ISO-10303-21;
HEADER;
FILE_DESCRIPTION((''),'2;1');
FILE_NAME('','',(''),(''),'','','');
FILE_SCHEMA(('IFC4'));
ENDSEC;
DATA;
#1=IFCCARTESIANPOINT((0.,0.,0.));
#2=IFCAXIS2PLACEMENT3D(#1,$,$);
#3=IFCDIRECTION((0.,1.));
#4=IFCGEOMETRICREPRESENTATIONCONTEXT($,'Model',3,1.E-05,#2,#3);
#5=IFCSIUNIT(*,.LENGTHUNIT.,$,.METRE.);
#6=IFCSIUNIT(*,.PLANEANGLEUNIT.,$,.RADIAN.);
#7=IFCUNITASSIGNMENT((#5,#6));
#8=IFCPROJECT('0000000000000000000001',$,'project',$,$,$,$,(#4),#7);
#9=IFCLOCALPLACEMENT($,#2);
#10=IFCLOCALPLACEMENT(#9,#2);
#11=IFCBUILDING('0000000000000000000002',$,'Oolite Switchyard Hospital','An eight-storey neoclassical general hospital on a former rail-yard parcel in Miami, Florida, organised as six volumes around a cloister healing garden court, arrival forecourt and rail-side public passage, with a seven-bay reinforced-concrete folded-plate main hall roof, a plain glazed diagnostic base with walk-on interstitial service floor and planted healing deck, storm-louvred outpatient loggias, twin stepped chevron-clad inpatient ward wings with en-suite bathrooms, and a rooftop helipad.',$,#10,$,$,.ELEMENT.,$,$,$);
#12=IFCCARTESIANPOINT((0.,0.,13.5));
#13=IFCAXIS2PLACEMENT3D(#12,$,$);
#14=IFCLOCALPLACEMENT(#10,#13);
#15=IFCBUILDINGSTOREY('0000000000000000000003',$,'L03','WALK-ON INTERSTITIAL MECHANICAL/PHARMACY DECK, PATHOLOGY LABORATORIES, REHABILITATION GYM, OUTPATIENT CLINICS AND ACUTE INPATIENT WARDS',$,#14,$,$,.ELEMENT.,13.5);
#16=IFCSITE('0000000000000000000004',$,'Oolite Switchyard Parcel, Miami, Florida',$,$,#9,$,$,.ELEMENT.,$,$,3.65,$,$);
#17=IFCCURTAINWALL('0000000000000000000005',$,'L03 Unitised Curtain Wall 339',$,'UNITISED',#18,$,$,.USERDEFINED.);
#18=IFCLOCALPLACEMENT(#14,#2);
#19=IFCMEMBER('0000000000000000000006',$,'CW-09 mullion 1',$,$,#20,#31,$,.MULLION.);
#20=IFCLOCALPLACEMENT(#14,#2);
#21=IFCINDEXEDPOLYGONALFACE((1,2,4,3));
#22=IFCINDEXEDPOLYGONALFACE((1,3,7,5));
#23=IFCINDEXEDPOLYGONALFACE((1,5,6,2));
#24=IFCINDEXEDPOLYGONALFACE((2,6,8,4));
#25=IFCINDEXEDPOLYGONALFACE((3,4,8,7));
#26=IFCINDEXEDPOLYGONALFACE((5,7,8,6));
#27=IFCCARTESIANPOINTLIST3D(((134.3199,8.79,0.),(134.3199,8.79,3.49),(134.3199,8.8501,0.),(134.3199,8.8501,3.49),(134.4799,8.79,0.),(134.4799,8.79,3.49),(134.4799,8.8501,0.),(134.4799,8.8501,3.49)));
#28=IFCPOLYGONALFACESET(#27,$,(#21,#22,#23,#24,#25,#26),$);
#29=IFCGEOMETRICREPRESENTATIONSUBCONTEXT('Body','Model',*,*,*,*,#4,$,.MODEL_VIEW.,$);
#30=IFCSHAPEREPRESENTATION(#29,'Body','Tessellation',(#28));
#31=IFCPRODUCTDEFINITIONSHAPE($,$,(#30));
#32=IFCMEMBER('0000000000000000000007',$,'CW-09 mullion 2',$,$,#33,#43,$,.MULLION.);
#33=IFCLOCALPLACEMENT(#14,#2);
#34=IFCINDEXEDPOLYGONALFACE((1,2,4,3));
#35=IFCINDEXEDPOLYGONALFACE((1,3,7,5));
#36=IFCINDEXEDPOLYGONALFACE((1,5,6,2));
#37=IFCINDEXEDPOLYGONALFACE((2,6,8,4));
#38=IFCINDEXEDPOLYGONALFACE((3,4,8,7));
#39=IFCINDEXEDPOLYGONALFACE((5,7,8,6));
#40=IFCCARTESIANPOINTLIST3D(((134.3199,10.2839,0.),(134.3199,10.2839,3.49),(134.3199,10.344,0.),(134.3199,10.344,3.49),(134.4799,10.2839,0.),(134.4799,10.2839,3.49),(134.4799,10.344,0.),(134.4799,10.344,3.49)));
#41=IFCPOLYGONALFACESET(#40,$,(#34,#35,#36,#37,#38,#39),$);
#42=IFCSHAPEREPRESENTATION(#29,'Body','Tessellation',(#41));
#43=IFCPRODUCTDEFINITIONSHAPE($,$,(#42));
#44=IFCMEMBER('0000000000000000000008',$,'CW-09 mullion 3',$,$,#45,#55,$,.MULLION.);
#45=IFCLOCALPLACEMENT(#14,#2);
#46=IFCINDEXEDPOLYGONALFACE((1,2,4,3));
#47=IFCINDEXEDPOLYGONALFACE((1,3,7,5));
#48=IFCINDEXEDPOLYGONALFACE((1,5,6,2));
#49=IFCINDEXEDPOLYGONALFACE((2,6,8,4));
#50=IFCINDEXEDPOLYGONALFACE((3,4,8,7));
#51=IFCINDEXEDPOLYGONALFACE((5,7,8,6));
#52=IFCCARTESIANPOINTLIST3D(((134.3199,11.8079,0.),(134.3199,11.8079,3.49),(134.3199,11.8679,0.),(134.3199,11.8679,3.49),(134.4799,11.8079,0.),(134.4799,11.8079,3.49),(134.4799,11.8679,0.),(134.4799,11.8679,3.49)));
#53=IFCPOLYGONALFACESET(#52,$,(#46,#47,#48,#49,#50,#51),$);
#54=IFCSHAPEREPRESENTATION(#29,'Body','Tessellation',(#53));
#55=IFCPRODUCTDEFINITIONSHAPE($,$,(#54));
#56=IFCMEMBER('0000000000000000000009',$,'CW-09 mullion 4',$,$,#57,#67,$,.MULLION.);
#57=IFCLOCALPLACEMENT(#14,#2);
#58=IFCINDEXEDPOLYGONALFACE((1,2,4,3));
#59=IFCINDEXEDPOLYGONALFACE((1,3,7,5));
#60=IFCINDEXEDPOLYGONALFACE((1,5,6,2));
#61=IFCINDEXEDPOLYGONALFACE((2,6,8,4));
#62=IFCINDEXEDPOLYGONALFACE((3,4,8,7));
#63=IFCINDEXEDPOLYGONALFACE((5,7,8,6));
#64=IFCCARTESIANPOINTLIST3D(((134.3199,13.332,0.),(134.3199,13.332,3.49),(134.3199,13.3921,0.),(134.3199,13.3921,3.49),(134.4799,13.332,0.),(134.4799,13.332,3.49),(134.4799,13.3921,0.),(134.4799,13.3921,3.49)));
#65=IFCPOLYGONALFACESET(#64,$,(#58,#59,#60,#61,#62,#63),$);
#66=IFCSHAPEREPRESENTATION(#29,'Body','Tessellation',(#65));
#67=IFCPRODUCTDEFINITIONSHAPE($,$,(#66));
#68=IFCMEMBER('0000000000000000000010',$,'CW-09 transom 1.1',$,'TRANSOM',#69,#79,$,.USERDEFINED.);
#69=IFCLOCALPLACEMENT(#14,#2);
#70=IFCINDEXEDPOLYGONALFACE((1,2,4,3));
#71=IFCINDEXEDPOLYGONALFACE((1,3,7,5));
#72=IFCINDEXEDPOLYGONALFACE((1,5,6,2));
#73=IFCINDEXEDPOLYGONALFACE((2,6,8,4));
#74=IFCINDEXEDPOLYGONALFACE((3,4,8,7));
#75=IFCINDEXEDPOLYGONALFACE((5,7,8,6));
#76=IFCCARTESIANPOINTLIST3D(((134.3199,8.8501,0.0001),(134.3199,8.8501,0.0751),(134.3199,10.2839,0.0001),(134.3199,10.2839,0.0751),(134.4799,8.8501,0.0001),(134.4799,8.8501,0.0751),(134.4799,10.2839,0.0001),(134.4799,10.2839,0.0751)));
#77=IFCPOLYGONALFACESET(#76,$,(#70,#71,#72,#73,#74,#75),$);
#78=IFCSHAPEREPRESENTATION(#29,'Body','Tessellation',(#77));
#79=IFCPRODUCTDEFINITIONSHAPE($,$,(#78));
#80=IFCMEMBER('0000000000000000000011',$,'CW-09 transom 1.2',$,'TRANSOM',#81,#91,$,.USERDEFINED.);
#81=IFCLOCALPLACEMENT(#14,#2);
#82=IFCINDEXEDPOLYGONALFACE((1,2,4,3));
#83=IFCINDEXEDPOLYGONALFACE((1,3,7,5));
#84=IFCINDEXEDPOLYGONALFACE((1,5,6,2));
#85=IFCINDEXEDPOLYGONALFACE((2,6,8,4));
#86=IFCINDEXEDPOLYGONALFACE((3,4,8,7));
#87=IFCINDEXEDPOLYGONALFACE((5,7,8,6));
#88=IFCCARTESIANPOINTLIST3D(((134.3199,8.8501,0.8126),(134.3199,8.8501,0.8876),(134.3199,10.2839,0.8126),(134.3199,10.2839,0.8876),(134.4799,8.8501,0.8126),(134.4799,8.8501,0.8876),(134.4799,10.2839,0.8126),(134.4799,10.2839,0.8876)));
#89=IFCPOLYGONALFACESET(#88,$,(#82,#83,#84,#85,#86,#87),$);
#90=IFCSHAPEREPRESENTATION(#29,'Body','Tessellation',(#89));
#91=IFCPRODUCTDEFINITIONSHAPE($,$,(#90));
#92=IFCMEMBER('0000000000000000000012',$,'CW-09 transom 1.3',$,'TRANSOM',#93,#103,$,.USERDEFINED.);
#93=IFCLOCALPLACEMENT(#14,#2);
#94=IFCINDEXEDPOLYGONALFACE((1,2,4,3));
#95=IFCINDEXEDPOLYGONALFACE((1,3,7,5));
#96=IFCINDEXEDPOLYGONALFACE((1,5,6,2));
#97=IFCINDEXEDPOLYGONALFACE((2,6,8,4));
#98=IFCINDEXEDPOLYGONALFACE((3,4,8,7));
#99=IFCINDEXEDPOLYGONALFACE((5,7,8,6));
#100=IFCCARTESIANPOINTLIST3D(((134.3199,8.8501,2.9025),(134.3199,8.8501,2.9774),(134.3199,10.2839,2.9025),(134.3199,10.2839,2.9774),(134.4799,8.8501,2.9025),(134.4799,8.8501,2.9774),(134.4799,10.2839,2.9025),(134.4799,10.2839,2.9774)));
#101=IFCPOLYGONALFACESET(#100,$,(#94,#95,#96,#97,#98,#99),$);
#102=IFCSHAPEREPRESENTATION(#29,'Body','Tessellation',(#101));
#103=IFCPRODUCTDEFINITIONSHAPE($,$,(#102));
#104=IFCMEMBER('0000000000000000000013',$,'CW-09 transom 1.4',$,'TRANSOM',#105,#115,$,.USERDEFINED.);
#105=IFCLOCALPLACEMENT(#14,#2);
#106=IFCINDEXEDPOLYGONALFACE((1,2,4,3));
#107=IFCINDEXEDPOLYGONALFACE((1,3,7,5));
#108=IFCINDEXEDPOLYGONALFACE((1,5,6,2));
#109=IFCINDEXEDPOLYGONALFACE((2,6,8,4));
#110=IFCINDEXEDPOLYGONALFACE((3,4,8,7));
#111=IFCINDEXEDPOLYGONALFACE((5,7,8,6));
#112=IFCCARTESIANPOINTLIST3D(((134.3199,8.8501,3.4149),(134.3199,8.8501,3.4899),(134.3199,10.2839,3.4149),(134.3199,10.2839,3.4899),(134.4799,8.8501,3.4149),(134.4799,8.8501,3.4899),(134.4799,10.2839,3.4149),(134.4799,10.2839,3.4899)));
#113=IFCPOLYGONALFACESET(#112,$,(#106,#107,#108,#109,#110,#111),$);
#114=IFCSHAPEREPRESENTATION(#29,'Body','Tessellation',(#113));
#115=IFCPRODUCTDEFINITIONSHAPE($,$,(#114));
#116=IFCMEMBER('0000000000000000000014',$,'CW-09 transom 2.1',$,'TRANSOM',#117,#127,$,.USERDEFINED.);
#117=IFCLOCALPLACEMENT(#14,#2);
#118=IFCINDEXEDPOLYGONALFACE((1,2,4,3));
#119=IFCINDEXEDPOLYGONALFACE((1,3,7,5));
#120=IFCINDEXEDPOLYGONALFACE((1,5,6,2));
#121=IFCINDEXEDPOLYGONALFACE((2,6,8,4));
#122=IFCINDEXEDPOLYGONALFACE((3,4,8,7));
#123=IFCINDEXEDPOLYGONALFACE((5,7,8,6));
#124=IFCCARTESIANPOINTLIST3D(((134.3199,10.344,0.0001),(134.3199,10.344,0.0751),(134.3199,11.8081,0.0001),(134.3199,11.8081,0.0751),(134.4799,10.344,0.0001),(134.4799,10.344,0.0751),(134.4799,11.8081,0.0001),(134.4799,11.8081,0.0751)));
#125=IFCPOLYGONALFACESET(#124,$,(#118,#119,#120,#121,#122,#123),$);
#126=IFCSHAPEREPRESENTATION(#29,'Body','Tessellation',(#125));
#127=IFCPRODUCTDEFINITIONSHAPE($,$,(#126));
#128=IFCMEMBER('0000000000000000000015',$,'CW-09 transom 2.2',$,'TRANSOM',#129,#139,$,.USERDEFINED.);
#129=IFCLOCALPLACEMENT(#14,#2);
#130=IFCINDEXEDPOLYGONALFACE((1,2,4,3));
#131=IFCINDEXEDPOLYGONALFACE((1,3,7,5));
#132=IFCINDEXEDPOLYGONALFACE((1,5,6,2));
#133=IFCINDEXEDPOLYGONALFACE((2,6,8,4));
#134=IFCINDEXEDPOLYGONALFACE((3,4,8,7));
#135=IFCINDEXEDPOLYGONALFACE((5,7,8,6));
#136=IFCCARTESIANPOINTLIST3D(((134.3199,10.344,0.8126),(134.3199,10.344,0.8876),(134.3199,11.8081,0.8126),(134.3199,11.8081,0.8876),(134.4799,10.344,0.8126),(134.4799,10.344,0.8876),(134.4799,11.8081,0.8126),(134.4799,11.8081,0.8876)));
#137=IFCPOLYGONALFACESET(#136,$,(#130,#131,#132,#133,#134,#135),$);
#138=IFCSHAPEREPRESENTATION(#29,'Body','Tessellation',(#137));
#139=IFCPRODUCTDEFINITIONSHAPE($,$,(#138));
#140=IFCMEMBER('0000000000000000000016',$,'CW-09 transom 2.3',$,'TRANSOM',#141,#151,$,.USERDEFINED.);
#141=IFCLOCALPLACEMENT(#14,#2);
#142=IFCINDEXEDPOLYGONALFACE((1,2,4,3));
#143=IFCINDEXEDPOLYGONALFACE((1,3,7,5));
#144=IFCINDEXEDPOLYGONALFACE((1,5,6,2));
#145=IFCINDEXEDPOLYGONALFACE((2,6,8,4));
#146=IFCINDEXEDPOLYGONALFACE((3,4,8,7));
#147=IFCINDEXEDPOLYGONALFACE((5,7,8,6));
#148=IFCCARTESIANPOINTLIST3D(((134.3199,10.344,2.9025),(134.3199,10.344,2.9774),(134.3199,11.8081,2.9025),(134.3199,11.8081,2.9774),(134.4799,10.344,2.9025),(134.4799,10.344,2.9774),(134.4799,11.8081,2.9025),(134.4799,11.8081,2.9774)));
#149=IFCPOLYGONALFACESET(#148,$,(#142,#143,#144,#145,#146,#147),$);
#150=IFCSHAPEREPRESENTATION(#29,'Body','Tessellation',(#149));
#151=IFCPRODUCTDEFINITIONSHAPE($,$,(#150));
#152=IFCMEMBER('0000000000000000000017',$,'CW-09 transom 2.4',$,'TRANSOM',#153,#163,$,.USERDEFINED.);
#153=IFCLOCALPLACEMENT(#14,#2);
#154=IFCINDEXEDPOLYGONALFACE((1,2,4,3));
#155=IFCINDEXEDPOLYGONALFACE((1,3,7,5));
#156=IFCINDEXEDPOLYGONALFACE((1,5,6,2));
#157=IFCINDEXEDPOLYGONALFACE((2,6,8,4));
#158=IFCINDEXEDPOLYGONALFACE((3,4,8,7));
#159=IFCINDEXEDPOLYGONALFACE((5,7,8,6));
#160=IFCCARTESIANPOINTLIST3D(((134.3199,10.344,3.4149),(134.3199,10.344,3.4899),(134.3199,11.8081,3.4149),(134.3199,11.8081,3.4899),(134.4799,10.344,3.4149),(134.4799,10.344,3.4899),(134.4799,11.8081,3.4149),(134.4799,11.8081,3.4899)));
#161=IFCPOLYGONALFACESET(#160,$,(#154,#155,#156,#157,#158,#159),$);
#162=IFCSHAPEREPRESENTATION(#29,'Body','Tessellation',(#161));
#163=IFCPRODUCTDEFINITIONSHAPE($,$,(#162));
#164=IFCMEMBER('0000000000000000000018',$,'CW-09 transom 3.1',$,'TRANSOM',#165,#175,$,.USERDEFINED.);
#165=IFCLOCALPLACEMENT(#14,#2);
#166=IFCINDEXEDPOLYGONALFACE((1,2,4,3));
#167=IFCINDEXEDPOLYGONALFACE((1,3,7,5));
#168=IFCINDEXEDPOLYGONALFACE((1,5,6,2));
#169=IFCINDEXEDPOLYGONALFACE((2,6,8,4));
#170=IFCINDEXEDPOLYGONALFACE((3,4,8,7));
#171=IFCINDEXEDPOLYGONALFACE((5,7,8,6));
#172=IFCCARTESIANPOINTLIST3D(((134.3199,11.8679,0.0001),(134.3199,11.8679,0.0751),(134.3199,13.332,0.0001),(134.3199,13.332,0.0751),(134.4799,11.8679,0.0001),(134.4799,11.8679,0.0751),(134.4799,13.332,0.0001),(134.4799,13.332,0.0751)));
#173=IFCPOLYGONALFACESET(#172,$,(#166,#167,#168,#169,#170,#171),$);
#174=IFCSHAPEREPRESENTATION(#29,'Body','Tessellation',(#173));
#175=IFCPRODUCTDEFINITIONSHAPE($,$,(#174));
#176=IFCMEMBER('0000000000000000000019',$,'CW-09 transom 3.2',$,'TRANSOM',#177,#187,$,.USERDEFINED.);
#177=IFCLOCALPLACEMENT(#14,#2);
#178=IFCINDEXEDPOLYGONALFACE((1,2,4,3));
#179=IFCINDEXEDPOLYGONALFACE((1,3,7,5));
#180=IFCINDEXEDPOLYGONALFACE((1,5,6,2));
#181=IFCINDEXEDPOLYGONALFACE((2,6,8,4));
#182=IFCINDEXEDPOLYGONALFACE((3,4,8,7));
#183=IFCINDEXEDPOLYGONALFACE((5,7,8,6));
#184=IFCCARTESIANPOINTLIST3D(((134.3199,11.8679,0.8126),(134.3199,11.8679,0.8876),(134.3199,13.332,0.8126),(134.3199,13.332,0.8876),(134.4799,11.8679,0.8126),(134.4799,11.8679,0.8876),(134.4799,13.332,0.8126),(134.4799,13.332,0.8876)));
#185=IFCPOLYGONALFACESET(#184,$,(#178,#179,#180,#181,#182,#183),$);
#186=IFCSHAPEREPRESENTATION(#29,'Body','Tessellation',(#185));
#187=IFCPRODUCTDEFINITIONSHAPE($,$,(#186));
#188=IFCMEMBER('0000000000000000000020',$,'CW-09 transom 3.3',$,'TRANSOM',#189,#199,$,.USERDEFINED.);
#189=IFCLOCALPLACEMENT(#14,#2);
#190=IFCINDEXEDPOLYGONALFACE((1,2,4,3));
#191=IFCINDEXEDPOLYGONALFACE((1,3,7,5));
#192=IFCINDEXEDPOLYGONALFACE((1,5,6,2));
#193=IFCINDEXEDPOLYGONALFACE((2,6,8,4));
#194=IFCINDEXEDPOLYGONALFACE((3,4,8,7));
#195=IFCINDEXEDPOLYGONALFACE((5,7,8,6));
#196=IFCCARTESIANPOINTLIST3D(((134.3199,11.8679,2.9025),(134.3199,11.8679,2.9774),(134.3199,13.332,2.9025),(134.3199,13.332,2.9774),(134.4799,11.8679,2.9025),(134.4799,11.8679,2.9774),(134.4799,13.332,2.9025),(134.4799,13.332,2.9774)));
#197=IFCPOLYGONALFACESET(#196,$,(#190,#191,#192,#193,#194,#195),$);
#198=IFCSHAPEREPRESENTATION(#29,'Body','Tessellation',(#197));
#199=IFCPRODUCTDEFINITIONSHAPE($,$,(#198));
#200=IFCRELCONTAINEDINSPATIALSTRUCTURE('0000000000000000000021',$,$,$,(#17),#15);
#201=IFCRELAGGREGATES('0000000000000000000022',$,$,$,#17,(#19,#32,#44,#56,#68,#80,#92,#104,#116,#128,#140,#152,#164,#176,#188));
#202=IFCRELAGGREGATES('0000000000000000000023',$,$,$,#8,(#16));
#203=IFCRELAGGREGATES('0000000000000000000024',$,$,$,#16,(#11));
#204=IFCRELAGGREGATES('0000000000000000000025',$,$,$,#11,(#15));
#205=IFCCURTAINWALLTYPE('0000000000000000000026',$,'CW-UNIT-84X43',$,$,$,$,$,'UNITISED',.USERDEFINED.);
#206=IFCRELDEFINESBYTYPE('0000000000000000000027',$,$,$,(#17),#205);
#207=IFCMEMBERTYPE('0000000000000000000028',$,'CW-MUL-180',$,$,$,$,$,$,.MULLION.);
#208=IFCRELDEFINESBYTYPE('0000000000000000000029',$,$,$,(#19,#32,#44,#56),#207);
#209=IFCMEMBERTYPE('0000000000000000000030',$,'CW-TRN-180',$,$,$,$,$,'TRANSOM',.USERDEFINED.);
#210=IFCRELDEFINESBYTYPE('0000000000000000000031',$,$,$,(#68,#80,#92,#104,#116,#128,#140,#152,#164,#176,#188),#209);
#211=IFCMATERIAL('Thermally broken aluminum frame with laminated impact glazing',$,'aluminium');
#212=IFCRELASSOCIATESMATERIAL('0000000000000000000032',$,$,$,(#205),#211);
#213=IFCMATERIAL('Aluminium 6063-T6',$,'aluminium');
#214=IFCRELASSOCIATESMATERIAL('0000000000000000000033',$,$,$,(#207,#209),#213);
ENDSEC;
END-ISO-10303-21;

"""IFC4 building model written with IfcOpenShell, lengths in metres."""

from ifc_helpers import new_model, si_unit, direction, frame, origin, origin_2d, place, context, subcontext, project, spatial, rectangle, extrude, material, material_profile, profile_set, type_object, element, aggregate, save


model = new_model("IFC4")

# Units and contexts
model_context = context("Model", 3, precision=1e-05, world=origin(), true_north=direction((0.0, 1.0)))
body_context = subcontext(model_context, "Body", "Model", "MODEL_VIEW")
ifc_project = project(units=[si_unit("LENGTHUNIT", "METRE"), si_unit("PLANEANGLEUNIT", "RADIAN")], contexts=[model_context])

# Site, building, storey
site_placement = place(None, origin())
site = spatial("IfcSite", under=ifc_project, at=site_placement, Name="Oolite Switchyard Parcel, Miami, Florida", CompositionType="ELEMENT", RefElevation=3.65)
building_placement = place(site_placement, origin())
building = spatial("IfcBuilding", under=site, at=building_placement, Name="Oolite Switchyard Hospital", Description="An eight-storey neoclassical general hospital on a former rail-yard parcel in Miami, Florida, organised as six volumes around a cloister healing garden court, arrival forecourt and rail-side public passage, with a seven-bay reinforced-concrete folded-plate main hall roof, a plain glazed diagnostic base with walk-on interstitial service floor and planted healing deck, storm-louvred outpatient loggias, twin stepped chevron-clad inpatient ward wings with en-suite bathrooms, and a rooftop helipad.", CompositionType="ELEMENT")
storey_placement = place(building_placement, frame((0.0, 0.0, 13.5)))
storey = spatial("IfcBuildingStorey", under=building, at=storey_placement, Name="L03", Description="WALK-ON INTERSTITIAL MECHANICAL/PHARMACY DECK, PATHOLOGY LABORATORIES, REHABILITATION GYM, OUTPATIENT CLINICS AND ACUTE INPATIENT WARDS", CompositionType="ELEMENT", Elevation=13.5)

# Curtain wall, members
ifc_material_1 = material(Name="Thermally broken aluminum frame with laminated impact glazing", Category="aluminium")
curtain_wall_type = type_object("IfcCurtainWallType", Name="CW-UNIT-84X43", ElementType="UNITISED", PredefinedType="USERDEFINED", material=ifc_material_1)
curtain_wall_placement = place(storey_placement, origin())
curtain_wall = element("IfcCurtainWall", 1, at=curtain_wall_placement, inside=storey, type_object=curtain_wall_type, Name="L03 Unitised Curtain Wall 339", ObjectType="UNITISED", PredefinedType="USERDEFINED")
ifc_material_2 = material(Name="Aluminium 6063-T6", Category="aluminium")
ifc_material_profile_1 = material_profile(ifc_material_2, rectangle(XDim=0.1599, YDim=0.0601, at=origin_2d()), Name="CWM60X160")
ifc_profile_set_1 = profile_set([ifc_material_profile_1], Name="Aluminium 6063-T6")
member_type_1 = type_object("IfcMemberType", Name="CW-MUL-180", PredefinedType="MULLION", material=ifc_profile_set_1)
member_1_placement = place(storey_placement, frame((134.3999, 8.8201, 0.0), z_axis=(0.0, 0.0, 1.0), x_axis=(-1.0, 0.0, 0.0)))
member_1 = element("IfcMember", 2, at=member_1_placement, type_object=member_type_1, Name="CW-09 mullion 1", PredefinedType="MULLION", context=body_context, shape_type="SweptSolid", body=[
    extrude(rectangle(XDim=0.1599, YDim=0.0601, at=origin_2d()), origin(), (0.0, 0.0, 1.0), 3.49),
])
member_2_placement = place(storey_placement, frame((134.3999, 10.314, 0.0), z_axis=(0.0, 0.0, 1.0), x_axis=(-1.0, 0.0, 0.0)))
member_2 = element("IfcMember", 3, at=member_2_placement, type_object=member_type_1, Name="CW-09 mullion 2", PredefinedType="MULLION", context=body_context, shape_type="SweptSolid", body=[
    extrude(rectangle(XDim=0.1599, YDim=0.0601, at=origin_2d()), origin(), (0.0, 0.0, 1.0), 3.49),
])
member_3_placement = place(storey_placement, frame((134.3999, 11.8379, 0.0), z_axis=(0.0, 0.0, 1.0), x_axis=(-1.0, 0.0, 0.0)))
member_3 = element("IfcMember", 4, at=member_3_placement, type_object=member_type_1, Name="CW-09 mullion 3", PredefinedType="MULLION", context=body_context, shape_type="SweptSolid", body=[
    extrude(rectangle(XDim=0.1599, YDim=0.0601, at=origin_2d()), origin(), (0.0, 0.0, 1.0), 3.49),
])
member_4_placement = place(storey_placement, frame((134.3999, 13.3621, 0.0), z_axis=(0.0, 0.0, 1.0), x_axis=(-1.0, 0.0, 0.0)))
member_4 = element("IfcMember", 5, at=member_4_placement, type_object=member_type_1, Name="CW-09 mullion 4", PredefinedType="MULLION", context=body_context, shape_type="SweptSolid", body=[
    extrude(rectangle(XDim=0.1599, YDim=0.0601, at=origin_2d()), origin(), (0.0, 0.0, 1.0), 3.49),
])
ifc_material_profile_2 = material_profile(ifc_material_2, rectangle(XDim=0.1599, YDim=0.075, at=origin_2d()), Name="CWT75X160")
ifc_profile_set_2 = profile_set([ifc_material_profile_2], Name="Aluminium 6063-T6")
member_type_2 = type_object("IfcMemberType", Name="CW-TRN-180", ElementType="TRANSOM", PredefinedType="USERDEFINED", material=ifc_profile_set_2)
member_5_placement = place(storey_placement, frame((134.3999, 8.8501, 0.0376), z_axis=(0.0, 1.0, 0.0), x_axis=(-1.0, 0.0, 0.0)))
member_5 = element("IfcMember", 6, at=member_5_placement, type_object=member_type_2, Name="CW-09 transom 1.1", ObjectType="TRANSOM", PredefinedType="USERDEFINED", context=body_context, shape_type="SweptSolid", body=[
    extrude(rectangle(XDim=0.1599, YDim=0.075, at=origin_2d()), origin(), (0.0, 0.0, 1.0), 1.4338),
])
member_6_placement = place(storey_placement, frame((134.3999, 8.8501, 0.8501), z_axis=(0.0, 1.0, 0.0), x_axis=(-1.0, 0.0, 0.0)))
member_6 = element("IfcMember", 7, at=member_6_placement, type_object=member_type_2, Name="CW-09 transom 1.2", ObjectType="TRANSOM", PredefinedType="USERDEFINED", context=body_context, shape_type="SweptSolid", body=[
    extrude(rectangle(XDim=0.1599, YDim=0.075, at=origin_2d()), origin(), (0.0, 0.0, 1.0), 1.4338),
])
member_7_placement = place(storey_placement, frame((134.3999, 8.8501, 2.9399), z_axis=(0.0, 1.0, 0.0), x_axis=(-1.0, 0.0, 0.0)))
member_7 = element("IfcMember", 8, at=member_7_placement, type_object=member_type_2, Name="CW-09 transom 1.3", ObjectType="TRANSOM", PredefinedType="USERDEFINED", context=body_context, shape_type="SweptSolid", body=[
    extrude(rectangle(XDim=0.1599, YDim=0.075, at=origin_2d()), origin(), (0.0, 0.0, 1.0), 1.4338),
])
member_8_placement = place(storey_placement, frame((134.3999, 8.8501, 3.4524), z_axis=(0.0, 1.0, 0.0), x_axis=(-1.0, 0.0, 0.0)))
member_8 = element("IfcMember", 9, at=member_8_placement, type_object=member_type_2, Name="CW-09 transom 1.4", ObjectType="TRANSOM", PredefinedType="USERDEFINED", context=body_context, shape_type="SweptSolid", body=[
    extrude(rectangle(XDim=0.1599, YDim=0.075, at=origin_2d()), origin(), (0.0, 0.0, 1.0), 1.4338),
])
member_9_placement = place(storey_placement, frame((134.3999, 10.344, 0.0376), z_axis=(0.0, 1.0, 0.0), x_axis=(-1.0, 0.0, 0.0)))
member_9 = element("IfcMember", 10, at=member_9_placement, type_object=member_type_2, Name="CW-09 transom 2.1", ObjectType="TRANSOM", PredefinedType="USERDEFINED", context=body_context, shape_type="SweptSolid", body=[
    extrude(rectangle(XDim=0.1599, YDim=0.075, at=origin_2d()), origin(), (0.0, 0.0, 1.0), 1.4641),
])
member_10_placement = place(storey_placement, frame((134.3999, 10.344, 0.8501), z_axis=(0.0, 1.0, 0.0), x_axis=(-1.0, 0.0, 0.0)))
member_10 = element("IfcMember", 11, at=member_10_placement, type_object=member_type_2, Name="CW-09 transom 2.2", ObjectType="TRANSOM", PredefinedType="USERDEFINED", context=body_context, shape_type="SweptSolid", body=[
    extrude(rectangle(XDim=0.1599, YDim=0.075, at=origin_2d()), origin(), (0.0, 0.0, 1.0), 1.4641),
])
member_11_placement = place(storey_placement, frame((134.3999, 10.344, 2.9399), z_axis=(0.0, 1.0, 0.0), x_axis=(-1.0, 0.0, 0.0)))
member_11 = element("IfcMember", 12, at=member_11_placement, type_object=member_type_2, Name="CW-09 transom 2.3", ObjectType="TRANSOM", PredefinedType="USERDEFINED", context=body_context, shape_type="SweptSolid", body=[
    extrude(rectangle(XDim=0.1599, YDim=0.075, at=origin_2d()), origin(), (0.0, 0.0, 1.0), 1.4641),
])
member_12_placement = place(storey_placement, frame((134.3999, 10.344, 3.4524), z_axis=(0.0, 1.0, 0.0), x_axis=(-1.0, 0.0, 0.0)))
member_12 = element("IfcMember", 13, at=member_12_placement, type_object=member_type_2, Name="CW-09 transom 2.4", ObjectType="TRANSOM", PredefinedType="USERDEFINED", context=body_context, shape_type="SweptSolid", body=[
    extrude(rectangle(XDim=0.1599, YDim=0.075, at=origin_2d()), origin(), (0.0, 0.0, 1.0), 1.4641),
])
member_13_placement = place(storey_placement, frame((134.3999, 11.8679, 0.0376), z_axis=(0.0, 1.0, 0.0), x_axis=(-1.0, 0.0, 0.0)))
member_13 = element("IfcMember", 14, at=member_13_placement, type_object=member_type_2, Name="CW-09 transom 3.1", ObjectType="TRANSOM", PredefinedType="USERDEFINED", context=body_context, shape_type="SweptSolid", body=[
    extrude(rectangle(XDim=0.1599, YDim=0.075, at=origin_2d()), origin(), (0.0, 0.0, 1.0), 1.4641),
])
member_14_placement = place(storey_placement, frame((134.3999, 11.8679, 0.8501), z_axis=(0.0, 1.0, 0.0), x_axis=(-1.0, 0.0, 0.0)))
member_14 = element("IfcMember", 15, at=member_14_placement, type_object=member_type_2, Name="CW-09 transom 3.2", ObjectType="TRANSOM", PredefinedType="USERDEFINED", context=body_context, shape_type="SweptSolid", body=[
    extrude(rectangle(XDim=0.1599, YDim=0.075, at=origin_2d()), origin(), (0.0, 0.0, 1.0), 1.4641),
])
member_15_placement = place(storey_placement, frame((134.3999, 11.8679, 2.9399), z_axis=(0.0, 1.0, 0.0), x_axis=(-1.0, 0.0, 0.0)))
member_15 = element("IfcMember", 16, at=member_15_placement, type_object=member_type_2, Name="CW-09 transom 3.3", ObjectType="TRANSOM", PredefinedType="USERDEFINED", context=body_context, shape_type="SweptSolid", body=[
    extrude(rectangle(XDim=0.1599, YDim=0.075, at=origin_2d()), origin(), (0.0, 0.0, 1.0), 1.4641),
])
aggregate(curtain_wall, [member_1, member_2, member_3, member_4, member_5, member_6, member_7, member_8, member_9, member_10, member_11, member_12, member_13, member_14, member_15])

save(model, "model.ifc")
